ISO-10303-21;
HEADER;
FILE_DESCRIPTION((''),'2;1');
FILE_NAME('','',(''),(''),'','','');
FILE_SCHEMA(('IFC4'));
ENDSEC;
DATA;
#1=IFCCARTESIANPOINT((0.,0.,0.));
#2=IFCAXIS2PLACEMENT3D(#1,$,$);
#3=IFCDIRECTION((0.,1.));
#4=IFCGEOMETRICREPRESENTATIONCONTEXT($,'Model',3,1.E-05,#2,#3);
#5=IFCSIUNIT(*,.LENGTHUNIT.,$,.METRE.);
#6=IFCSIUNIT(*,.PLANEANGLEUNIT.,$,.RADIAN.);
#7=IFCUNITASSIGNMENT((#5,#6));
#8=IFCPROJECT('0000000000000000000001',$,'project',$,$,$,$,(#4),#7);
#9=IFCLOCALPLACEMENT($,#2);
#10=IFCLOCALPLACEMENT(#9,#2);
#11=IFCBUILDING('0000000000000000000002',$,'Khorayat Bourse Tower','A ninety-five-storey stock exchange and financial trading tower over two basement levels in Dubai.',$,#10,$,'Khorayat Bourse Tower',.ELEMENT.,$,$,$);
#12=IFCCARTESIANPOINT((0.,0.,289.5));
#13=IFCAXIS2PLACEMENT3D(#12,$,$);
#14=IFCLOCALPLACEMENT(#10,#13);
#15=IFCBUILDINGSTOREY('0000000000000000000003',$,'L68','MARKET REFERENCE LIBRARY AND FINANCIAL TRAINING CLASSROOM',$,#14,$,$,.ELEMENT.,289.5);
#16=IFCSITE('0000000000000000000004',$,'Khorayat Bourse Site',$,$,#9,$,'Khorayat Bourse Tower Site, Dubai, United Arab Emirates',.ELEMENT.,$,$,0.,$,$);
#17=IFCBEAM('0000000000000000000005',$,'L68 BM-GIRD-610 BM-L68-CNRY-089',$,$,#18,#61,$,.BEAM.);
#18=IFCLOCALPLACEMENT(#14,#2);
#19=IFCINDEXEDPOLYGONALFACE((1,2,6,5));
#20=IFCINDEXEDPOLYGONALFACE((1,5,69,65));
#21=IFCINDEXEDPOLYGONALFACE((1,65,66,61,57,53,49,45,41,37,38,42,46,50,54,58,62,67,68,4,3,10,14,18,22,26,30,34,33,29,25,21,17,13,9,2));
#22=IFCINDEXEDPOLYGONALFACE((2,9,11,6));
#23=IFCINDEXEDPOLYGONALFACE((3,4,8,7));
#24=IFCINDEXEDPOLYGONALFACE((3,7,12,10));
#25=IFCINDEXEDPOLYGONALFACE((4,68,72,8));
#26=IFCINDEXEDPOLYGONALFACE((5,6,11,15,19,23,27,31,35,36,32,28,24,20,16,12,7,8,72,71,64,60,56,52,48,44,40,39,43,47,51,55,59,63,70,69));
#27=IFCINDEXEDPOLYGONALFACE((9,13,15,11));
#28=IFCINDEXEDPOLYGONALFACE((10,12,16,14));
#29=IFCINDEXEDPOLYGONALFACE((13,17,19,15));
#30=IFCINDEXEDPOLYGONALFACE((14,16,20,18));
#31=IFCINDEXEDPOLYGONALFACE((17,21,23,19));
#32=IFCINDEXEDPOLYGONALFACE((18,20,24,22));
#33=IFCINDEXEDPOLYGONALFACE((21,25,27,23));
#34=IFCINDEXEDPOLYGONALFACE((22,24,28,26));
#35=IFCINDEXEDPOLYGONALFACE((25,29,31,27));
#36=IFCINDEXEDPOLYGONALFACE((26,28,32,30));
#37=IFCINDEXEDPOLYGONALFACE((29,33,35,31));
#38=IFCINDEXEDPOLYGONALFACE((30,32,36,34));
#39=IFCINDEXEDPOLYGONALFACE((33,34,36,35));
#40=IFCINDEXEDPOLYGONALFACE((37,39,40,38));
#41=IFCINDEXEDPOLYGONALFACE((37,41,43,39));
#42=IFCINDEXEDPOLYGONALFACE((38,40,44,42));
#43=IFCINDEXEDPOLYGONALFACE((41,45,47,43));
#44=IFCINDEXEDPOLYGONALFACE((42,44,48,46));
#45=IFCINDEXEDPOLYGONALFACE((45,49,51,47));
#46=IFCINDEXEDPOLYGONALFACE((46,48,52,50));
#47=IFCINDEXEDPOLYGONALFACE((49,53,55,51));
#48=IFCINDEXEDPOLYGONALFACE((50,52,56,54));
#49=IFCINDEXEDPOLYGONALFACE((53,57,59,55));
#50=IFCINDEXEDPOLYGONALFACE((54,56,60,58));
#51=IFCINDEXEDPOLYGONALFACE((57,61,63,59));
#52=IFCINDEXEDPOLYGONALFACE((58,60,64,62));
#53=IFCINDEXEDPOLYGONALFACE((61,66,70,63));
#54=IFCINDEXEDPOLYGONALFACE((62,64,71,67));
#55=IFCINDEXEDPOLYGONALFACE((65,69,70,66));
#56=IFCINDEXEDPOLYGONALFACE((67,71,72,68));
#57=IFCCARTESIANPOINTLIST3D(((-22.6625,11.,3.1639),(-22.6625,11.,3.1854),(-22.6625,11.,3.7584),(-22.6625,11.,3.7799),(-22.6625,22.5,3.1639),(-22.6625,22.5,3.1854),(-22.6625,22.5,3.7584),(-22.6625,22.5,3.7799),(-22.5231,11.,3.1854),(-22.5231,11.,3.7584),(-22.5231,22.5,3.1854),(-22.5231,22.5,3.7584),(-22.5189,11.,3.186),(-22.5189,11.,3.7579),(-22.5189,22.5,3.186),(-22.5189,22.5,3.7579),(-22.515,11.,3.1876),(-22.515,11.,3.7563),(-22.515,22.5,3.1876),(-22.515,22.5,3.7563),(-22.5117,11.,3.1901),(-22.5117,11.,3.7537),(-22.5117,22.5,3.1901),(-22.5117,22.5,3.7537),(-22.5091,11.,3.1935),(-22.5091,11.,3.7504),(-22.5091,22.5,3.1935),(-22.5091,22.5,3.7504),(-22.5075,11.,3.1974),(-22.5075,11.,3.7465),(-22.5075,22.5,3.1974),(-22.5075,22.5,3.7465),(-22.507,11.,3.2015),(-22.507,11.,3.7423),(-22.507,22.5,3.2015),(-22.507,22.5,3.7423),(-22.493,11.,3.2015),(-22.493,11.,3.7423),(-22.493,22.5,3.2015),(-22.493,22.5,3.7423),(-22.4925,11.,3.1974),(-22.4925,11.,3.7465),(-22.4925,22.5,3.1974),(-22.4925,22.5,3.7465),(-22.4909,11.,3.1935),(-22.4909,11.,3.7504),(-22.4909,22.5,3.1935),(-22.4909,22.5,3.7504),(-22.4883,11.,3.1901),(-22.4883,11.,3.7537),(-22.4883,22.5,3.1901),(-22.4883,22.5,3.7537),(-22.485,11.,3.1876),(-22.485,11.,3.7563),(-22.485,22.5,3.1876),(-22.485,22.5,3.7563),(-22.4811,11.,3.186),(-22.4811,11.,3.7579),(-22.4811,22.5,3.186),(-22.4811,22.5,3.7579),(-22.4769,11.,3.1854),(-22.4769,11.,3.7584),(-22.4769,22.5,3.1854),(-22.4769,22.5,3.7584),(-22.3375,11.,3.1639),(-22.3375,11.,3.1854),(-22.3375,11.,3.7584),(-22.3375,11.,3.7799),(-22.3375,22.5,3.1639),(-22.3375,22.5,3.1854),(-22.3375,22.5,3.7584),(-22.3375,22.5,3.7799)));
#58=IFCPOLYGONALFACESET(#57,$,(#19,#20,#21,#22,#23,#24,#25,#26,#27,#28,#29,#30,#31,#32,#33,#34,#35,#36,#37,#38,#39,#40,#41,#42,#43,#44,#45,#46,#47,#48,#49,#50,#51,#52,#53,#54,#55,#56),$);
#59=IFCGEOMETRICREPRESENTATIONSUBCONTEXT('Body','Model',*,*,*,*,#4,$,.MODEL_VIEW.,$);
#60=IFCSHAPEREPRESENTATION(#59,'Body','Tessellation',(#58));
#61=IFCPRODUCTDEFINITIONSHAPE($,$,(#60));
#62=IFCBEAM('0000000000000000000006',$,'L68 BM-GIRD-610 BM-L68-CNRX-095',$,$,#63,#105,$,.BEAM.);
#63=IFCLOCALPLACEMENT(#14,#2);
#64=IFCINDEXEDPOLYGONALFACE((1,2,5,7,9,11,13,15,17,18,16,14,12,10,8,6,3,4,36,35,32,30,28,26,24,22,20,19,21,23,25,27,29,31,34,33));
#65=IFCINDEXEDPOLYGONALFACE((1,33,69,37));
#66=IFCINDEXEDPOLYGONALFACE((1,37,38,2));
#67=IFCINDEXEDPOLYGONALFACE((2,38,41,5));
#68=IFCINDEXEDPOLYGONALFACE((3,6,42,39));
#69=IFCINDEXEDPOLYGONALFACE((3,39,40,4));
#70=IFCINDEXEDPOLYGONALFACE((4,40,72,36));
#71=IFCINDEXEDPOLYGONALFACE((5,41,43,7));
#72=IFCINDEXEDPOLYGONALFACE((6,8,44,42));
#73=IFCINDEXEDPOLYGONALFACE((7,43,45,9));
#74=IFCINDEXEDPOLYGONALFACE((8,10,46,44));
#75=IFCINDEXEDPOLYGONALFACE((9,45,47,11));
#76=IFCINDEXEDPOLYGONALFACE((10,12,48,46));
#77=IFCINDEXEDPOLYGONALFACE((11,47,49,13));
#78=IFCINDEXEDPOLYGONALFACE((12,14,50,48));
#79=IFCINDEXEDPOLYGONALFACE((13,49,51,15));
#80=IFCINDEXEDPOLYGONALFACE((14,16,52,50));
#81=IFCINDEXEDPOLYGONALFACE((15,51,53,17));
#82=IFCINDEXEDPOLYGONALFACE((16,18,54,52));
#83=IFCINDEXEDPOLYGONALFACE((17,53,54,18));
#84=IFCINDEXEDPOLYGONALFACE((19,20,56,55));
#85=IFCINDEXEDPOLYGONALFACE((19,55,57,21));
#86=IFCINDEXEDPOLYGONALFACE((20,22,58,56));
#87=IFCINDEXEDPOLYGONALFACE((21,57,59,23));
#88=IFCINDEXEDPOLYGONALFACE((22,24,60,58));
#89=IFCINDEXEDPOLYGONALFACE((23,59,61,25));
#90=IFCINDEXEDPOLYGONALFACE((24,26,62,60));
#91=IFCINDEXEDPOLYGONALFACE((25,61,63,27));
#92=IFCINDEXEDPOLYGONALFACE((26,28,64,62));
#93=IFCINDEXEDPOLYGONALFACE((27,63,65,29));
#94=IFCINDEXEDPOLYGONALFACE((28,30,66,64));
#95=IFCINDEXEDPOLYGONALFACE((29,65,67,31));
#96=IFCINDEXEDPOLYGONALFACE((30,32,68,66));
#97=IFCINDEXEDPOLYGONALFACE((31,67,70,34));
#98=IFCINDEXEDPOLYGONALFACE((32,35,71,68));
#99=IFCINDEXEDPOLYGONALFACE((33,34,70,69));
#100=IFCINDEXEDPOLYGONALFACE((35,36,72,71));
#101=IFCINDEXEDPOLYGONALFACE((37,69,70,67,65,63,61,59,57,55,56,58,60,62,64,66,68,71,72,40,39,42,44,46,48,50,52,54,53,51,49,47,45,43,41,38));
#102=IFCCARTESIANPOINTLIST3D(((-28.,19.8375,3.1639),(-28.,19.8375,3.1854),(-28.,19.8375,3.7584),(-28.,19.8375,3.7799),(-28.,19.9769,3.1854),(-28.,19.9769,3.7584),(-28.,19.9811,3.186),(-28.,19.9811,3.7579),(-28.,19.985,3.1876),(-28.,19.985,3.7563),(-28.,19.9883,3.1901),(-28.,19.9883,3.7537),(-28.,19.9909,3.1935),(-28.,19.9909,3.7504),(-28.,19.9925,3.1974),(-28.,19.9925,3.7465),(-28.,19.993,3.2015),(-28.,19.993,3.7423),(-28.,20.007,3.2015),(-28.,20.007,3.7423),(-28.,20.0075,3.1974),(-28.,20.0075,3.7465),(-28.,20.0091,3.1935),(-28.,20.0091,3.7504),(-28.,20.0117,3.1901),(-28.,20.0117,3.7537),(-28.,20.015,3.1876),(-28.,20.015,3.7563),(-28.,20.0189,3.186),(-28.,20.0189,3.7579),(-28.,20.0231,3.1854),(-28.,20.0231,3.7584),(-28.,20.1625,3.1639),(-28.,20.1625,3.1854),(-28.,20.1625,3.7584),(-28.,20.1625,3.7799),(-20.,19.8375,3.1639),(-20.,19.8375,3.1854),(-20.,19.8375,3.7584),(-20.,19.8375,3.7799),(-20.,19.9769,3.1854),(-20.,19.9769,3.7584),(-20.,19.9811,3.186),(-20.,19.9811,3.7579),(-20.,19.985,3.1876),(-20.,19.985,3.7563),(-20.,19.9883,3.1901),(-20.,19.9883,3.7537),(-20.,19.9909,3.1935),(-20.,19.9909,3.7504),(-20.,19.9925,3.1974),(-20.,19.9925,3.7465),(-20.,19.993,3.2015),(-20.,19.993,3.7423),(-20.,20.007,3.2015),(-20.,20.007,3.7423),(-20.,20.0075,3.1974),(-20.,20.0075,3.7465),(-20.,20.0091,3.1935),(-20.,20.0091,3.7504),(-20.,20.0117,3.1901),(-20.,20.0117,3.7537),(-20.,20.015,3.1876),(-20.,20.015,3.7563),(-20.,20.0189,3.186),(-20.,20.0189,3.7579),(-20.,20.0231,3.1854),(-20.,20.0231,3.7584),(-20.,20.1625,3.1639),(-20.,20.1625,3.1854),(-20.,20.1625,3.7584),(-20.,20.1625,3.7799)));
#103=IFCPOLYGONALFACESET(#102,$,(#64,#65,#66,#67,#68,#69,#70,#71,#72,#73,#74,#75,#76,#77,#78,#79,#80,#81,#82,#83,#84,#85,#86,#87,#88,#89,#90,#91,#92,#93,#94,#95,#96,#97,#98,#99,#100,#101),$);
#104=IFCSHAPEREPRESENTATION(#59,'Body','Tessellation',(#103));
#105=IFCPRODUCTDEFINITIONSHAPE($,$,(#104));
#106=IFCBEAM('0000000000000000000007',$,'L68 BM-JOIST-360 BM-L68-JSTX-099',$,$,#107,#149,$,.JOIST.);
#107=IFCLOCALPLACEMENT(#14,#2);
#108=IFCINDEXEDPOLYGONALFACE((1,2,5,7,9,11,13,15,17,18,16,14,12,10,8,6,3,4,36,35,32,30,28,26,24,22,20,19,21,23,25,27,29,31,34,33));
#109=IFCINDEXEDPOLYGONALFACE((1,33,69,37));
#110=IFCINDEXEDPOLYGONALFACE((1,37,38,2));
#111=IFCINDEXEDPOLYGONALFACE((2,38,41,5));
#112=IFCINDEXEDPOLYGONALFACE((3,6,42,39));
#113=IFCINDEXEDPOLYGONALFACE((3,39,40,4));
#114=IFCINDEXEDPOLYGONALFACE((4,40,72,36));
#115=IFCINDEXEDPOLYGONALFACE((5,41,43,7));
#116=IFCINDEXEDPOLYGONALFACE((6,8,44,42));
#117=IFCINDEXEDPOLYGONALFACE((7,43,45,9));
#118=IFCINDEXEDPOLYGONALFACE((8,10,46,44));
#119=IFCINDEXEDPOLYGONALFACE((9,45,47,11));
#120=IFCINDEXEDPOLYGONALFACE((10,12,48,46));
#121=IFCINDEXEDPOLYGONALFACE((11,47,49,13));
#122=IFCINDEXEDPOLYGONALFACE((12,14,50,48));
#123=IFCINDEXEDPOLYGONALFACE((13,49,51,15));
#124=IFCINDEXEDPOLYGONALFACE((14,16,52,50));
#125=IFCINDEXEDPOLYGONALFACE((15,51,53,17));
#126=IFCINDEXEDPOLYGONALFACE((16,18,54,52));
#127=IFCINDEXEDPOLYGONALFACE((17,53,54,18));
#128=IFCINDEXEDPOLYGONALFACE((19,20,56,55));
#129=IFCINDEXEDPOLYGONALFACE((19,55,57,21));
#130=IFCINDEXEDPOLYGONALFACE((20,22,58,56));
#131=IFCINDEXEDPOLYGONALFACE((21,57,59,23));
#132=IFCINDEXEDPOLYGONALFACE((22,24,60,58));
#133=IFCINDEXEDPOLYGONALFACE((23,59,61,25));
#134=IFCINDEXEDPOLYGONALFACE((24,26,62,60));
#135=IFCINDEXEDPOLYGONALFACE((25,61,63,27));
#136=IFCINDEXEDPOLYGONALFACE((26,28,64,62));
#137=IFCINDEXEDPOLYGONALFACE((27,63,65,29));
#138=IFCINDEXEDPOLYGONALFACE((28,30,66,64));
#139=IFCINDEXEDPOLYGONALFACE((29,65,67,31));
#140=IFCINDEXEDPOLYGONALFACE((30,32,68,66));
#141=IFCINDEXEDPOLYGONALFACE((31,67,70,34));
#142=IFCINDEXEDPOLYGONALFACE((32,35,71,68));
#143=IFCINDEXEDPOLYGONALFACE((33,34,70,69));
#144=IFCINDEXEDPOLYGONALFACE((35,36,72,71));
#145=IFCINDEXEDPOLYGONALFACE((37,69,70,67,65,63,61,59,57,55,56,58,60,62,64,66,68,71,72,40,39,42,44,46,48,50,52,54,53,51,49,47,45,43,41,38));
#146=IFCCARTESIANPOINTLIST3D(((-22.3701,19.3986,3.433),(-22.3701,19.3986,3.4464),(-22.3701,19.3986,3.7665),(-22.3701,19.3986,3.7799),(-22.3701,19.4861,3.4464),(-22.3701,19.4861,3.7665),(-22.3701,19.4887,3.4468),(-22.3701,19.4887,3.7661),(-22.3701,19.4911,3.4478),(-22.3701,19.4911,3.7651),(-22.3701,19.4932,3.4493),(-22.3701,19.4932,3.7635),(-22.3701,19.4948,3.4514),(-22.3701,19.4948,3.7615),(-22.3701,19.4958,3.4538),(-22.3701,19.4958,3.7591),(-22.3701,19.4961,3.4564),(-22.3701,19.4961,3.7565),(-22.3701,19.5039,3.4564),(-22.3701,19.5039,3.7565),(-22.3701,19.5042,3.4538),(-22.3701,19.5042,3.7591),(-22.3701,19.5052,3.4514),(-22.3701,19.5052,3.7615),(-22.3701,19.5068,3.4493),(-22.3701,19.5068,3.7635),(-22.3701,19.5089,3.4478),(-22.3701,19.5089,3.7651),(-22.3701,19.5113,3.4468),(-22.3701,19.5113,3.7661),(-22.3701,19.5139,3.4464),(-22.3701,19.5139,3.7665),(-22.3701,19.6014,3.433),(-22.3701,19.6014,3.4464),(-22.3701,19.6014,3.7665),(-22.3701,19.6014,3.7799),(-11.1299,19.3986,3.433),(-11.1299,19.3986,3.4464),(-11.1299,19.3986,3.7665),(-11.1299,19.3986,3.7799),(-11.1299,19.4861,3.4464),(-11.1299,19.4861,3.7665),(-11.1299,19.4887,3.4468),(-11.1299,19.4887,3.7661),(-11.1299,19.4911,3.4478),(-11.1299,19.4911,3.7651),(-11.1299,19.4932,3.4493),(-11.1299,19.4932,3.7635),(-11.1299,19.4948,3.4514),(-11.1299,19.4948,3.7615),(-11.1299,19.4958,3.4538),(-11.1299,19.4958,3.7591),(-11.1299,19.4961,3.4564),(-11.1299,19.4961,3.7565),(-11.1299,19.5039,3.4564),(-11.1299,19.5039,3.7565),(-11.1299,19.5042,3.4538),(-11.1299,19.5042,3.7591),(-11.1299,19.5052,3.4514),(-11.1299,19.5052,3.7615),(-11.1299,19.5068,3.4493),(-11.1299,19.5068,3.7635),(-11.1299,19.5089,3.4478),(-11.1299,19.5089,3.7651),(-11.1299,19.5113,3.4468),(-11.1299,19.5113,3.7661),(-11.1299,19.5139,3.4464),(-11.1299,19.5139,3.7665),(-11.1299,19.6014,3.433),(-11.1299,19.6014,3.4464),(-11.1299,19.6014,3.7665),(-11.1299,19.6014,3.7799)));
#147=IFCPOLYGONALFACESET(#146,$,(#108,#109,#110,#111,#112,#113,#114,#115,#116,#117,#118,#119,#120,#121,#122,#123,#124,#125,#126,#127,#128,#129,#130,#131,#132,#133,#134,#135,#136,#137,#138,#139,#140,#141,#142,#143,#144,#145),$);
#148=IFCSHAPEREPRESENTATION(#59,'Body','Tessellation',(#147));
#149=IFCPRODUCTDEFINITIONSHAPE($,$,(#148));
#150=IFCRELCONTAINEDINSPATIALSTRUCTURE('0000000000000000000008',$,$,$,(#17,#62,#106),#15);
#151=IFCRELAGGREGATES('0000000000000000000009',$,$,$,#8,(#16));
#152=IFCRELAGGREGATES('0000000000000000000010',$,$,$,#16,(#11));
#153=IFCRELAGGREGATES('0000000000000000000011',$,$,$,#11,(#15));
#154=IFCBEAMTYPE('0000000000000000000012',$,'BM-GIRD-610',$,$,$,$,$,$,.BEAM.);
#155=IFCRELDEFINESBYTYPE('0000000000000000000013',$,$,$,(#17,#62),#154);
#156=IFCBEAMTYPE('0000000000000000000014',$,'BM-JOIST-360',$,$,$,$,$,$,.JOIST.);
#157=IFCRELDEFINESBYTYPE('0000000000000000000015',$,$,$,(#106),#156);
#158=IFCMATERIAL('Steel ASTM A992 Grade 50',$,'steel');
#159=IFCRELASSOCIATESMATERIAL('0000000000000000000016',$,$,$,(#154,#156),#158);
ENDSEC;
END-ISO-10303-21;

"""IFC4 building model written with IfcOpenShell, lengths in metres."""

from ifc_helpers import new_model, si_unit, direction, frame, origin, origin_2d, place, context, subcontext, project, spatial, i_section, extrude, source, transform, mapped, material, material_profile, profile_set, type_object, element, save


model = new_model("IFC4")

# Units and contexts
model_context = context("Model", 3, precision=1e-05, world=origin(), true_north=direction((0.0, 1.0)))
body_context = subcontext(model_context, "Body", "Model", "MODEL_VIEW")
ifc_project = project(units=[si_unit("LENGTHUNIT", "METRE"), si_unit("PLANEANGLEUNIT", "RADIAN")], contexts=[model_context])

# Site, building, storey
site_placement = place(None, origin())
site = spatial("IfcSite", under=ifc_project, at=site_placement, Name="Khorayat Bourse Site", LongName="Khorayat Bourse Tower Site, Dubai, United Arab Emirates", CompositionType="ELEMENT", RefElevation=0.0)
building_placement = place(site_placement, origin())
building = spatial("IfcBuilding", under=site, at=building_placement, Name="Khorayat Bourse Tower", Description="A ninety-five-storey stock exchange and financial trading tower over two basement levels in Dubai.", LongName="Khorayat Bourse Tower", CompositionType="ELEMENT")
storey_placement = place(building_placement, frame((0.0, 0.0, 289.5)))
storey = spatial("IfcBuildingStorey", under=building, at=storey_placement, Name="L68", Description="MARKET REFERENCE LIBRARY AND FINANCIAL TRAINING CLASSROOM", CompositionType="ELEMENT", Elevation=289.5)

# Beams
ifc_material_1 = material(Name="Steel ASTM A992 Grade 50", Category="steel")
ifc_material_profile_1 = material_profile(ifc_material_1, i_section(OverallWidth=0.325, OverallDepth=0.616, WebThickness=0.0139, FlangeThickness=0.0215, FilletRadius=0.0161, at=origin_2d()), Name="W610X174")
ifc_profile_set_1 = profile_set([ifc_material_profile_1], Name="Steel ASTM A992 Grade 50")
beam_type_1 = type_object("IfcBeamType", Name="BM-GIRD-610", PredefinedType="BEAM", material=ifc_profile_set_1)
shared_shape_1 = source(origin(), body_context, "Body", "SweptSolid", [
    extrude(i_section(OverallWidth=0.325, OverallDepth=0.616, WebThickness=0.0139, FlangeThickness=0.0215, FilletRadius=0.0161, at=origin_2d()), origin(), (0.0, 0.0, 1.0), 11.5),
])
beam_1_placement = place(storey_placement, frame((-22.5, 11.0, 3.4719), z_axis=(0.0, 1.0, 0.0), x_axis=(-1.0, 0.0, 0.0)))
element("IfcBeam", 1, at=beam_1_placement, inside=storey, type_object=beam_type_1, Name="L68 BM-GIRD-610 BM-L68-CNRY-089", PredefinedType="BEAM", context=body_context, shape_type="MappedRepresentation", body=[
    mapped(shared_shape_1, transform((0.0, 0.0, 0.0), scale=1.0)),
])
shared_shape_2 = source(origin(), body_context, "Body", "SweptSolid", [
    extrude(i_section(OverallWidth=0.325, OverallDepth=0.616, WebThickness=0.0139, FlangeThickness=0.0215, FilletRadius=0.0161, at=origin_2d()), origin(), (0.0, 0.0, 1.0), 8.0),
])
beam_2_placement = place(storey_placement, frame((-28.0, 20.0, 3.4719), z_axis=(1.0, 0.0, 0.0), x_axis=(0.0, 1.0, 0.0)))
element("IfcBeam", 2, at=beam_2_placement, inside=storey, type_object=beam_type_1, Name="L68 BM-GIRD-610 BM-L68-CNRX-095", PredefinedType="BEAM", context=body_context, shape_type="MappedRepresentation", body=[
    mapped(shared_shape_2, transform((0.0, 0.0, 0.0), scale=1.0)),
])
ifc_material_profile_2 = material_profile(ifc_material_1, i_section(OverallWidth=0.2029, OverallDepth=0.3469, WebThickness=0.0078, FlangeThickness=0.0134, FilletRadius=0.01, at=origin_2d()), Name="W360X64")
ifc_profile_set_2 = profile_set([ifc_material_profile_2], Name="Steel ASTM A992 Grade 50")
beam_type_2 = type_object("IfcBeamType", Name="BM-JOIST-360", PredefinedType="JOIST", material=ifc_profile_set_2)
shared_shape_3 = source(origin(), body_context, "Body", "SweptSolid", [
    extrude(i_section(OverallWidth=0.2029, OverallDepth=0.3469, WebThickness=0.0078, FlangeThickness=0.0134, FilletRadius=0.01, at=origin_2d()), origin(), (0.0, 0.0, 1.0), 11.2402),
])
beam_3_placement = place(storey_placement, frame((-22.3701, 19.5, 3.6064), z_axis=(1.0, 0.0, 0.0), x_axis=(0.0, 1.0, 0.0)))
element("IfcBeam", 3, at=beam_3_placement, inside=storey, type_object=beam_type_2, Name="L68 BM-JOIST-360 BM-L68-JSTX-099", PredefinedType="JOIST", context=body_context, shape_type="MappedRepresentation", body=[
    mapped(shared_shape_3, transform((0.0, 0.0, 0.0), scale=1.0)),
])

save(model, "model.ifc")
